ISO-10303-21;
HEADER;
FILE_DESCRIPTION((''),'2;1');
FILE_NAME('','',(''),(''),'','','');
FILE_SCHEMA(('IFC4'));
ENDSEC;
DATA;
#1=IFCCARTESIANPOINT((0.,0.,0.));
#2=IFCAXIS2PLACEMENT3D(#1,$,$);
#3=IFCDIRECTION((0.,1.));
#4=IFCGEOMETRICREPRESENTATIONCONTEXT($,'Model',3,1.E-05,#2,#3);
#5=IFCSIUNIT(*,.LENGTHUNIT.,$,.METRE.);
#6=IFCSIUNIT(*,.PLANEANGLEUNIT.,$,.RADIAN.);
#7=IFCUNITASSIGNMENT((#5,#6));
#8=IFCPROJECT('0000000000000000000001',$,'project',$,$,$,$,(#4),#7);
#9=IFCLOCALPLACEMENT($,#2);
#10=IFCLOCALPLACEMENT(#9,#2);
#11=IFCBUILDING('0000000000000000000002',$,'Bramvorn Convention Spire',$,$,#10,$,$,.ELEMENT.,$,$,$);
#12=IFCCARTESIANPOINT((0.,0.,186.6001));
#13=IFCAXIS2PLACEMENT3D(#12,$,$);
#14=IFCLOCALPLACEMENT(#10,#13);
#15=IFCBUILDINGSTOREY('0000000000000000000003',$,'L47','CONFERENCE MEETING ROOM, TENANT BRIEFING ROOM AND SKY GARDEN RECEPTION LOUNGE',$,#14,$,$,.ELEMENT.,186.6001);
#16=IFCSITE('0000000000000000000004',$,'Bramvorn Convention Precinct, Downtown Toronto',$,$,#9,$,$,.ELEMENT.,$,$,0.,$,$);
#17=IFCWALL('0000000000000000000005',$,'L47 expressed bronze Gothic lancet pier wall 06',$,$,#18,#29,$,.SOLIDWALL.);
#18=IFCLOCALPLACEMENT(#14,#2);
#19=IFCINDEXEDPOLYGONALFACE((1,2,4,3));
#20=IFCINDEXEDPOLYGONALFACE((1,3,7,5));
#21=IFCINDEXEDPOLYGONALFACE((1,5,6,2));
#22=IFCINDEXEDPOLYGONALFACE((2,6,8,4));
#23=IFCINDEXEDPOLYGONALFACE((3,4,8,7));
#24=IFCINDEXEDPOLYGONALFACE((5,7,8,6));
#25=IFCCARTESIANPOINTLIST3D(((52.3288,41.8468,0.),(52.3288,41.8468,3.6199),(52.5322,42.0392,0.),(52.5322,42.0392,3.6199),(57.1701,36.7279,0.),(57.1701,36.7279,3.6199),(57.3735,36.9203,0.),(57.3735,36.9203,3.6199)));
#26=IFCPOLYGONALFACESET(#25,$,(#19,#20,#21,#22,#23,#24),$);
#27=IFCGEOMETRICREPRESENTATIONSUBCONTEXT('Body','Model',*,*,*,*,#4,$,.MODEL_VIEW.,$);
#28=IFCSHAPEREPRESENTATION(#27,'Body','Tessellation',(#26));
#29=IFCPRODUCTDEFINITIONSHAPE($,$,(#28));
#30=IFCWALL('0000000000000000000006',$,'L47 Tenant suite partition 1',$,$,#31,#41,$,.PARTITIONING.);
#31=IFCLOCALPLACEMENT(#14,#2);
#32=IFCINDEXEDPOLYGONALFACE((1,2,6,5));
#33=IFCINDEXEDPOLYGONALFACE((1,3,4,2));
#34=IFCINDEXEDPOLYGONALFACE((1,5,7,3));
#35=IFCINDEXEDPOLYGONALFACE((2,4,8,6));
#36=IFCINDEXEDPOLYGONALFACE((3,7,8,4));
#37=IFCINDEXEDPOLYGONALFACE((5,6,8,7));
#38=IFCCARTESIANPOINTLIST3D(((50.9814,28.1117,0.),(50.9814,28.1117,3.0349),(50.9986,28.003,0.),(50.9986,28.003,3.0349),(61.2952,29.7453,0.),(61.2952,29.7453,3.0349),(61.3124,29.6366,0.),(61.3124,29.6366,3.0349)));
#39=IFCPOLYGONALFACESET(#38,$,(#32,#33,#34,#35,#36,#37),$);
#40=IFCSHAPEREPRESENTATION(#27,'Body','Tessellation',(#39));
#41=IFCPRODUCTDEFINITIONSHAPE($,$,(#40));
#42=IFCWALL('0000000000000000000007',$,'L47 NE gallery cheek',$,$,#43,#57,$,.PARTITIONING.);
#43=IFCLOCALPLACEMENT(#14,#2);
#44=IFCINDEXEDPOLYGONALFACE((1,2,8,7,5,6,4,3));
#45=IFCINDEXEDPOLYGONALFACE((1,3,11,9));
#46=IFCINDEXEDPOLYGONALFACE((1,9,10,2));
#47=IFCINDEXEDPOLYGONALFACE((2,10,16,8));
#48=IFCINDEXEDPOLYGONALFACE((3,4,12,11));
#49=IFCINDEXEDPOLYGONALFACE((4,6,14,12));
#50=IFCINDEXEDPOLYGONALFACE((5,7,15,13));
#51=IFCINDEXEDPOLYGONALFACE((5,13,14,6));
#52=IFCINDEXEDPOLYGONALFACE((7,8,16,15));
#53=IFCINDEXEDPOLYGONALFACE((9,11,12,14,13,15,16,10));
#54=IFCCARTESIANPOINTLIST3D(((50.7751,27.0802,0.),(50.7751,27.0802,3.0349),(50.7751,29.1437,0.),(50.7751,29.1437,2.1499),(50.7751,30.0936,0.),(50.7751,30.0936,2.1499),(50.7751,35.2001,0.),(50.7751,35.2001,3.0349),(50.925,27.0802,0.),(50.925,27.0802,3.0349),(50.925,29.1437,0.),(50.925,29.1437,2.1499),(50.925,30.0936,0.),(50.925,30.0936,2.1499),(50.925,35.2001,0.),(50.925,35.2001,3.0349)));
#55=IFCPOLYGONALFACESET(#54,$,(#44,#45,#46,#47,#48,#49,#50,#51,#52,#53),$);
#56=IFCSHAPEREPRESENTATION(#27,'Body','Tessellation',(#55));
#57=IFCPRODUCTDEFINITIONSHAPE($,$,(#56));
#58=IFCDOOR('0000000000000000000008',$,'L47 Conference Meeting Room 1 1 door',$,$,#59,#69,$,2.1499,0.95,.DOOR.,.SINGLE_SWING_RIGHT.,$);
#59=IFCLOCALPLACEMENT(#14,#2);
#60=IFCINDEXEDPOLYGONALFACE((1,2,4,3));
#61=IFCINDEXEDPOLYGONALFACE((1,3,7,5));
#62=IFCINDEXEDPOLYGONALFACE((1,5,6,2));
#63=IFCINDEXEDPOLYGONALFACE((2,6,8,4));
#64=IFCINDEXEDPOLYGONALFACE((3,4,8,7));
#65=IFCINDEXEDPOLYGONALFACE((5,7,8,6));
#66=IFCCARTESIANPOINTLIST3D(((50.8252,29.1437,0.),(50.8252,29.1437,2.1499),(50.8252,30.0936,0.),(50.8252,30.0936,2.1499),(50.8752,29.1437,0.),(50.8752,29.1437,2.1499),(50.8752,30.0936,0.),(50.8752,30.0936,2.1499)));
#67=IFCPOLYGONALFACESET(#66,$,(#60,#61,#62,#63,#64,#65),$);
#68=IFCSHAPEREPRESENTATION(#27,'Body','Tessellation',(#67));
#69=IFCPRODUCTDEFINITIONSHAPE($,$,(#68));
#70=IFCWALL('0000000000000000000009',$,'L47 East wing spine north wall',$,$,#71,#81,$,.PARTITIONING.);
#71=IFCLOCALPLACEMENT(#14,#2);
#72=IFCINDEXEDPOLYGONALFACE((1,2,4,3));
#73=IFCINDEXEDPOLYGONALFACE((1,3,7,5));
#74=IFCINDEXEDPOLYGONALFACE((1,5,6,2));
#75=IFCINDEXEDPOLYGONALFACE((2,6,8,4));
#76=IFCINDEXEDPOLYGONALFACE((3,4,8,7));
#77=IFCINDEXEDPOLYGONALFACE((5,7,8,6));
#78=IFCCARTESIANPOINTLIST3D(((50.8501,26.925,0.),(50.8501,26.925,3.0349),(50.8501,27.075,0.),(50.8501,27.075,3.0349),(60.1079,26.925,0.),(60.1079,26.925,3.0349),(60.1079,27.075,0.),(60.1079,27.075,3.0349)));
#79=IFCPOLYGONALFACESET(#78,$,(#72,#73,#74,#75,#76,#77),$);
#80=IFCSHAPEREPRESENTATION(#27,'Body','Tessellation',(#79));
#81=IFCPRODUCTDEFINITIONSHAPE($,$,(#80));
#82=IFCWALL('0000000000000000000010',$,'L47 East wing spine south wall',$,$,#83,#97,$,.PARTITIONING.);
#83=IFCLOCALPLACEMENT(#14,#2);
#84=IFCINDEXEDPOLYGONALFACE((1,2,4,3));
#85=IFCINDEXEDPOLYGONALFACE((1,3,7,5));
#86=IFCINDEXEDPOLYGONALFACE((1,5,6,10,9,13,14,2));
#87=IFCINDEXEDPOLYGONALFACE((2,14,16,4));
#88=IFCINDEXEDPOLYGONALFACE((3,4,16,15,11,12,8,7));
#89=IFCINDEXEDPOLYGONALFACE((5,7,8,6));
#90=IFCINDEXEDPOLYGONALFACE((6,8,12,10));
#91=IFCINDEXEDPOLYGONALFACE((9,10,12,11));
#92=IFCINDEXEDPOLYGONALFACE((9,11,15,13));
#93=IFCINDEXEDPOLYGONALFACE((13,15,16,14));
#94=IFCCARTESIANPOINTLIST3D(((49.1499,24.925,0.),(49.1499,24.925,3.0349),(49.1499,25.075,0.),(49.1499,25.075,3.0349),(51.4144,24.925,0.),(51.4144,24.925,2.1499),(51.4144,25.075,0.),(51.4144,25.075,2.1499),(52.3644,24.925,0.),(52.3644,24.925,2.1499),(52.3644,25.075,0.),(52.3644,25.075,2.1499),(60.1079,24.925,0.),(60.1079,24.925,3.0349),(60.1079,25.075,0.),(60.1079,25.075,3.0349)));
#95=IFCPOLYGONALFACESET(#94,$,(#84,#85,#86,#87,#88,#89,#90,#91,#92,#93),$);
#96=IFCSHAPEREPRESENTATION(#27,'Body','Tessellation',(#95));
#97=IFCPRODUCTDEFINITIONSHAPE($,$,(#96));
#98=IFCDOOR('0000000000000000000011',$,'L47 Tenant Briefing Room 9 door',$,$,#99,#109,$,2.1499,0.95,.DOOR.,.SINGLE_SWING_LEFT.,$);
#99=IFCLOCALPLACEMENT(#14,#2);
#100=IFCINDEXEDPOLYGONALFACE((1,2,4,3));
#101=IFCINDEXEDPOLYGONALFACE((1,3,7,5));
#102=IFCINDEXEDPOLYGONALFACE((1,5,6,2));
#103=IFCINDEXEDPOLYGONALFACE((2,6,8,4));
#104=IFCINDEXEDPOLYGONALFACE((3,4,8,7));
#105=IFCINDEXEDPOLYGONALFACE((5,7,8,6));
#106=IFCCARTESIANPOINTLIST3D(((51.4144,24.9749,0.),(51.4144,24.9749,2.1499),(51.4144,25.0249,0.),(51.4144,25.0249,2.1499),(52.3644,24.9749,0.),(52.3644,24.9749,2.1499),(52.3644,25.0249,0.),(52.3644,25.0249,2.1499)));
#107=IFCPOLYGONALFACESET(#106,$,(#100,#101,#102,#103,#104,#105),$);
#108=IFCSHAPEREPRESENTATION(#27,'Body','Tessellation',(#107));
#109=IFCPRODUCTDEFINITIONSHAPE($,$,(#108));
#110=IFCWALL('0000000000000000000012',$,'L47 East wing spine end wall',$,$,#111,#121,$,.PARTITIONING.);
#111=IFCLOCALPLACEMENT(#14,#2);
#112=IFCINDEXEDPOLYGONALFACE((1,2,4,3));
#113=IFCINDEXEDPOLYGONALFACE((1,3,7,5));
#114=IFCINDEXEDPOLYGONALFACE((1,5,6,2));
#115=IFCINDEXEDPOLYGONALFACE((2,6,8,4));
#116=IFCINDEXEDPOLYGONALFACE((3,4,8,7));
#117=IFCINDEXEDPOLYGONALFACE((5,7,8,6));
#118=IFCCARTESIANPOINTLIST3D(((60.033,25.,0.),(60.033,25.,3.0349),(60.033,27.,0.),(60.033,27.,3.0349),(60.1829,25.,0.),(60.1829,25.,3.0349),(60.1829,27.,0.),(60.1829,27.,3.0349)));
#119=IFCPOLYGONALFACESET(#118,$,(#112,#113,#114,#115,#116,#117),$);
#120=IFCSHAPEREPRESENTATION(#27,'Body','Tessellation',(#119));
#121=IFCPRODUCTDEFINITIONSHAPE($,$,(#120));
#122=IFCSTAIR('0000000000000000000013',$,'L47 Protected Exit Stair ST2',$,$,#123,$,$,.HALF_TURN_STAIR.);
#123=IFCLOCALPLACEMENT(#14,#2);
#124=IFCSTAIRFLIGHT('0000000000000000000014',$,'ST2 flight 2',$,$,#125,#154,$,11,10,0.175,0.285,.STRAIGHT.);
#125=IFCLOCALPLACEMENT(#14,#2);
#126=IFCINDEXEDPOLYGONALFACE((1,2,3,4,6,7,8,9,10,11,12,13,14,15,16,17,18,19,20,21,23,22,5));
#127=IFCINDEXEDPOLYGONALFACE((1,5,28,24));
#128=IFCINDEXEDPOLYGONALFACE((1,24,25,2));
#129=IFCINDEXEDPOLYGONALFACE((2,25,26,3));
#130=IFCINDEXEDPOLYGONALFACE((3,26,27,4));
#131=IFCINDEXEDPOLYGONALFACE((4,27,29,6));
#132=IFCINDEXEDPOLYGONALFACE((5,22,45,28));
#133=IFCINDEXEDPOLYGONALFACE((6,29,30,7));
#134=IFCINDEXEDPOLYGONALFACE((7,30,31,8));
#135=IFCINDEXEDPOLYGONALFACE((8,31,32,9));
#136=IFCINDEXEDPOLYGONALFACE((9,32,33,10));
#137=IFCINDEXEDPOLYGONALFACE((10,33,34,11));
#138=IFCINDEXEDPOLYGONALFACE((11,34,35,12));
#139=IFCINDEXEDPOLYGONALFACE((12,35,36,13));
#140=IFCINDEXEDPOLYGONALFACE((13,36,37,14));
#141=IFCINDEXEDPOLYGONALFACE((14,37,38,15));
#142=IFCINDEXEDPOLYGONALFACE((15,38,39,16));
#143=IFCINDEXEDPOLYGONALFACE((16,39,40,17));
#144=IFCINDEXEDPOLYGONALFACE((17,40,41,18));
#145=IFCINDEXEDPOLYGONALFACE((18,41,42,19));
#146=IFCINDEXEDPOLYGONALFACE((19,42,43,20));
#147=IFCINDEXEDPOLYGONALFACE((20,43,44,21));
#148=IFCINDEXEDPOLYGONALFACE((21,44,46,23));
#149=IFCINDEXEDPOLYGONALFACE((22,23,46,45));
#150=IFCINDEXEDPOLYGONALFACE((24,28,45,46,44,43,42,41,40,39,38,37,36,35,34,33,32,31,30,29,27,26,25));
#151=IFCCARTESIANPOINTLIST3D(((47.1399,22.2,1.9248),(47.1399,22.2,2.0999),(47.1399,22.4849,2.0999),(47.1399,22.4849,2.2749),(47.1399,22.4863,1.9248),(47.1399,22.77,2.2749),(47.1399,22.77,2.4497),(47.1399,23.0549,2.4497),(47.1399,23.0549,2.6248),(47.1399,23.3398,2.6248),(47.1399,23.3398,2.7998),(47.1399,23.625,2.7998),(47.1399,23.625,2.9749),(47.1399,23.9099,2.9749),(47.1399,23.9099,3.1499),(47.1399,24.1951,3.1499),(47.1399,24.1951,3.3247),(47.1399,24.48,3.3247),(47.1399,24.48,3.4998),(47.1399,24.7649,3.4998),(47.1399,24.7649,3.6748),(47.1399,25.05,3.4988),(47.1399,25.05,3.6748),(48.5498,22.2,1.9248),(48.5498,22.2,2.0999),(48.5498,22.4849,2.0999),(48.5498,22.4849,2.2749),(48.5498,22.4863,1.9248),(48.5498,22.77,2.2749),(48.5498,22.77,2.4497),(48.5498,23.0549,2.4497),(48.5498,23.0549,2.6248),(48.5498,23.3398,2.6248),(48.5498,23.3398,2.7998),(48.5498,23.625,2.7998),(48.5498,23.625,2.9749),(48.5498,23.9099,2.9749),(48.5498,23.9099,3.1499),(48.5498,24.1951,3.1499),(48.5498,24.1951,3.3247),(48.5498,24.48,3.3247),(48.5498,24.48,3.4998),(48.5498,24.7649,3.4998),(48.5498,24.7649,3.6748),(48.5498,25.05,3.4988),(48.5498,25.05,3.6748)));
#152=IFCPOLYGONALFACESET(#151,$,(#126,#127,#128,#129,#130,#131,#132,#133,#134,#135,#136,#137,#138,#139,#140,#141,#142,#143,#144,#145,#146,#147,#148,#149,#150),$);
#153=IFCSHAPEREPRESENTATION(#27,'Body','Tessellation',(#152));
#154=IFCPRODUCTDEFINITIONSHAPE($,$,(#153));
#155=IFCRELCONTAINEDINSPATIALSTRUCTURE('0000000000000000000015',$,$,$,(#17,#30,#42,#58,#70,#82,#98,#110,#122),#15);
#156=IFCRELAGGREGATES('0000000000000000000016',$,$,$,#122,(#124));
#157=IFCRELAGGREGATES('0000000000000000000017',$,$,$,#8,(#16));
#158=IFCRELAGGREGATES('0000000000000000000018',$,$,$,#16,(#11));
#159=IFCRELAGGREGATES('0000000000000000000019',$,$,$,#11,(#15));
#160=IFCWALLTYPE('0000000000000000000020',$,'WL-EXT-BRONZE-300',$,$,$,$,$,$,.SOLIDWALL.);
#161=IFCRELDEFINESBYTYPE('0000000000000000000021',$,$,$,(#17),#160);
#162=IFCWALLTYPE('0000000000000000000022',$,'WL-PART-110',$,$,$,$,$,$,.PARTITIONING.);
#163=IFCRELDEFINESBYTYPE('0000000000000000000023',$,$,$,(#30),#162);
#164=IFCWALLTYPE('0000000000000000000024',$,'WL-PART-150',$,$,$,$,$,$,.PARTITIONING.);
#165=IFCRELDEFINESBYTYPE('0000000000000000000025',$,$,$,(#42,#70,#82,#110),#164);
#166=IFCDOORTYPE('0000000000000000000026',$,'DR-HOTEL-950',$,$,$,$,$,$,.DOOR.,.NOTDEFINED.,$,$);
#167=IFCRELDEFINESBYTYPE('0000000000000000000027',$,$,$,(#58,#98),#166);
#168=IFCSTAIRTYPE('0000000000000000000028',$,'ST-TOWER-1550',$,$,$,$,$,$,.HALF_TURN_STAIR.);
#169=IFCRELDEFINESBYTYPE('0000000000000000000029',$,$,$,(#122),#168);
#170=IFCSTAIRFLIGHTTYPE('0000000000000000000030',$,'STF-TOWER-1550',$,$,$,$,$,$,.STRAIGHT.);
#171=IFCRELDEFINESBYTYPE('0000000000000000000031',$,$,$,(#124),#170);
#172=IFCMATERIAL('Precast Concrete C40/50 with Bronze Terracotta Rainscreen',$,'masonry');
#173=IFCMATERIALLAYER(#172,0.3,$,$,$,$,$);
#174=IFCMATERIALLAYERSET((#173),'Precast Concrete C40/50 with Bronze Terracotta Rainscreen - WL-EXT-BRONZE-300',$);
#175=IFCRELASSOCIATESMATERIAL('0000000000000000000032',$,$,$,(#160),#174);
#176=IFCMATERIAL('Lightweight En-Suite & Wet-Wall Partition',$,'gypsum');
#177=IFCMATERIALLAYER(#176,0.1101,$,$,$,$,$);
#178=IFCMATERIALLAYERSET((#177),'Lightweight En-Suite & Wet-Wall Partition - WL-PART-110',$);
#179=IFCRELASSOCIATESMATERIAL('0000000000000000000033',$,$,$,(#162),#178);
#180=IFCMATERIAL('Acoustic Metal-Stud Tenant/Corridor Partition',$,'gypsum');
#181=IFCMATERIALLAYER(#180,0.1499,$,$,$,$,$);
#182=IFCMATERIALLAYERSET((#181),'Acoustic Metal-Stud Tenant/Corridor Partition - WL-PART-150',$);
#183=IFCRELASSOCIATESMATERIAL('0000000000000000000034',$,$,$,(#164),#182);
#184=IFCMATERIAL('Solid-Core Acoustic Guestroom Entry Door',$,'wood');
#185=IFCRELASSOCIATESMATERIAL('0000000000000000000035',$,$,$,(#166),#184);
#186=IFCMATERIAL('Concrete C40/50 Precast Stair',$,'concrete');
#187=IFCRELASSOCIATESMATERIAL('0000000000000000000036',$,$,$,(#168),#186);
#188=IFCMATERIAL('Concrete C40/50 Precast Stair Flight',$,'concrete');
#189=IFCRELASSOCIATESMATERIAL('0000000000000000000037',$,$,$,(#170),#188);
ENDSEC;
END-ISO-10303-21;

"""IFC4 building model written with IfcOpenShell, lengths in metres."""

from ifc_helpers import new_model, si_unit, direction, frame, frame_2d, origin, place, context, subcontext, project, spatial, polyline, rectangle, outline, extrude, material, layer, layer_set, type_object, element, fill, aggregate, save


model = new_model("IFC4")

# Units and contexts
model_context = context("Model", 3, precision=1e-05, world=origin(), true_north=direction((0.0, 1.0)))
body_context = subcontext(model_context, "Body", "Model", "MODEL_VIEW")
ifc_project = project(units=[si_unit("LENGTHUNIT", "METRE"), si_unit("PLANEANGLEUNIT", "RADIAN")], contexts=[model_context])

# Site, building, storey
site_placement = place(None, origin())
site = spatial("IfcSite", under=ifc_project, at=site_placement, Name="Bramvorn Convention Precinct, Downtown Toronto", CompositionType="ELEMENT", RefElevation=0.0)
building_placement = place(site_placement, origin())
building = spatial("IfcBuilding", under=site, at=building_placement, Name="Bramvorn Convention Spire", CompositionType="ELEMENT")
storey_placement = place(building_placement, frame((0.0, 0.0, 186.6001)))
storey = spatial("IfcBuildingStorey", under=building, at=storey_placement, Name="L47", Description="CONFERENCE MEETING ROOM, TENANT BRIEFING ROOM AND SKY GARDEN RECEPTION LOUNGE", CompositionType="ELEMENT", Elevation=186.6001)

# Walls
ifc_material_1 = material(Name="Precast Concrete C40/50 with Bronze Terracotta Rainscreen", Category="masonry")
ifc_layer_1 = layer(ifc_material_1, 0.3)
ifc_layer_set_1 = layer_set([ifc_layer_1], Name="Precast Concrete C40/50 with Bronze Terracotta Rainscreen - WL-EXT-BRONZE-300")
wall_type_1 = type_object("IfcWallType", Name="WL-EXT-BRONZE-300", PredefinedType="SOLIDWALL", material=ifc_layer_set_1)
wall_1_placement = place(storey_placement, frame((52.4304, 41.9431, 0.0), z_axis=(0.0, 0.0, 1.0), x_axis=(0.687133, -0.726532, 0.0)))
element("IfcWall", 1, at=wall_1_placement, inside=storey, type_object=wall_type_1, Name="L47 expressed bronze Gothic lancet pier wall 06", PredefinedType="SOLIDWALL", context=body_context, shape_type="SweptSolid", body=[
    extrude(rectangle(XDim=7.0457, YDim=0.28, at=frame_2d((3.5229, 0.0))), origin(), (0.0, 0.0, 1.0), 3.6199),
])
ifc_material_2 = material(Name="Lightweight En-Suite & Wet-Wall Partition", Category="gypsum")
ifc_layer_2 = layer(ifc_material_2, 0.1101)
ifc_layer_set_2 = layer_set([ifc_layer_2], Name="Lightweight En-Suite & Wet-Wall Partition - WL-PART-110")
wall_type_2 = type_object("IfcWallType", Name="WL-PART-110", PredefinedType="PARTITIONING", material=ifc_layer_set_2)
wall_2_placement = place(storey_placement, frame((50.99, 28.0574, 0.0), z_axis=(0.0, 0.0, 1.0), x_axis=(0.987688, 0.156436, 0.0)))
element("IfcWall", 2, at=wall_2_placement, inside=storey, type_object=wall_type_2, Name="L47 Tenant suite partition 1", PredefinedType="PARTITIONING", context=body_context, shape_type="SweptSolid", body=[
    extrude(rectangle(XDim=10.4424, YDim=0.1101, at=frame_2d((5.2212, 0.0))), origin(), (0.0, 0.0, 1.0), 3.0349),
])

# Wall, opening, door
ifc_material_3 = material(Name="Acoustic Metal-Stud Tenant/Corridor Partition", Category="gypsum")
ifc_layer_3 = layer(ifc_material_3, 0.1499)
ifc_layer_set_3 = layer_set([ifc_layer_3], Name="Acoustic Metal-Stud Tenant/Corridor Partition - WL-PART-150")
wall_type_3 = type_object("IfcWallType", Name="WL-PART-150", PredefinedType="PARTITIONING", material=ifc_layer_set_3)
wall_3_placement = place(storey_placement, frame((50.8501, 27.0801, 0.0), z_axis=(0.0, 0.0, 1.0), x_axis=(0.0, 1.0, 0.0)))
wall_3 = element("IfcWall", 3, at=wall_3_placement, inside=storey, type_object=wall_type_3, Name="L47 NE gallery cheek", PredefinedType="PARTITIONING", context=body_context, shape_type="SweptSolid", body=[
    extrude(rectangle(XDim=8.1199, YDim=0.1499, at=frame_2d((4.0601, 0.0))), origin(), (0.0, 0.0, 1.0), 3.0349),
])
opening_1_placement = place(wall_3_placement, frame((2.0635, 0.0, 0.0)))
opening_1 = element("IfcOpeningElement", 4, at=opening_1_placement, cuts=wall_3, PredefinedType="OPENING", context=body_context, shape_type="SweptSolid", body=[
    extrude(rectangle(XDim=0.95, YDim=2.1499, at=frame_2d((0.4751, 1.075))), frame((0.0, 0.085, 0.0), z_axis=(0.0, -1.0, 0.0), x_axis=(1.0, 0.0, 0.0)), (0.0, 0.0, 1.0), 0.1699),
])
ifc_material_4 = material(Name="Solid-Core Acoustic Guestroom Entry Door", Category="wood")
door_type = type_object("IfcDoorType", Name="DR-HOTEL-950", OperationType="NOTDEFINED", PredefinedType="DOOR", material=ifc_material_4)
door_1_placement = place(opening_1_placement, origin())
door_1 = element("IfcDoor", 5, at=door_1_placement, inside=storey, type_object=door_type, Name="L47 Conference Meeting Room 1 1 door", OperationType="SINGLE_SWING_RIGHT", OverallHeight=2.1499, OverallWidth=0.95, PredefinedType="DOOR", context=body_context, shape_type="SweptSolid", body=[
    extrude(rectangle(XDim=0.95, YDim=2.1499, at=frame_2d((0.4751, 1.075))), frame((0.0, 0.0249, 0.0), z_axis=(0.0, -1.0, 0.0), x_axis=(1.0, 0.0, 0.0)), (0.0, 0.0, 1.0), 0.05),
])
fill(opening_1, door_1)

# Wall
wall_4_placement = place(storey_placement, frame((50.8501, 27.0, 0.0), z_axis=(0.0, 0.0, 1.0), x_axis=(1.0, 0.0, 0.0)))
element("IfcWall", 6, at=wall_4_placement, inside=storey, type_object=wall_type_3, Name="L47 East wing spine north wall", PredefinedType="PARTITIONING", context=body_context, shape_type="SweptSolid", body=[
    extrude(rectangle(XDim=9.2578, YDim=0.1499, at=frame_2d((4.6289, 0.0))), origin(), (0.0, 0.0, 1.0), 3.0349),
])

# Wall, opening, door
wall_5_placement = place(storey_placement, frame((49.1499, 25.0, 0.0), z_axis=(0.0, 0.0, 1.0), x_axis=(1.0, 0.0, 0.0)))
wall_5 = element("IfcWall", 7, at=wall_5_placement, inside=storey, type_object=wall_type_3, Name="L47 East wing spine south wall", PredefinedType="PARTITIONING", context=body_context, shape_type="SweptSolid", body=[
    extrude(rectangle(XDim=10.958, YDim=0.1499, at=frame_2d((5.479, 0.0))), origin(), (0.0, 0.0, 1.0), 3.0349),
])
opening_2_placement = place(wall_5_placement, frame((2.2644, 0.0, 0.0)))
opening_2 = element("IfcOpeningElement", 8, at=opening_2_placement, cuts=wall_5, PredefinedType="OPENING", context=body_context, shape_type="SweptSolid", body=[
    extrude(rectangle(XDim=0.95, YDim=2.1499, at=frame_2d((0.4751, 1.075))), frame((0.0, 0.085, 0.0), z_axis=(0.0, -1.0, 0.0), x_axis=(1.0, 0.0, 0.0)), (0.0, 0.0, 1.0), 0.1699),
])
door_2_placement = place(opening_2_placement, origin())
door_2 = element("IfcDoor", 9, at=door_2_placement, inside=storey, type_object=door_type, Name="L47 Tenant Briefing Room 9 door", OperationType="SINGLE_SWING_LEFT", OverallHeight=2.1499, OverallWidth=0.95, PredefinedType="DOOR", context=body_context, shape_type="SweptSolid", body=[
    extrude(rectangle(XDim=0.95, YDim=2.1499, at=frame_2d((0.4751, 1.075))), frame((0.0, 0.0249, 0.0), z_axis=(0.0, -1.0, 0.0), x_axis=(1.0, 0.0, 0.0)), (0.0, 0.0, 1.0), 0.05),
])
fill(opening_2, door_2)

# Wall
wall_6_placement = place(storey_placement, frame((60.1079, 25.0, 0.0), z_axis=(0.0, 0.0, 1.0), x_axis=(0.0, 1.0, 0.0)))
element("IfcWall", 10, at=wall_6_placement, inside=storey, type_object=wall_type_3, Name="L47 East wing spine end wall", PredefinedType="PARTITIONING", context=body_context, shape_type="SweptSolid", body=[
    extrude(rectangle(XDim=2.0, YDim=0.1499, at=frame_2d((1.0, 0.0))), origin(), (0.0, 0.0, 1.0), 3.0349),
])

# Stair, stair flight
ifc_material_5 = material(Name="Concrete C40/50 Precast Stair", Category="concrete")
stair_type = type_object("IfcStairType", Name="ST-TOWER-1550", PredefinedType="HALF_TURN_STAIR", material=ifc_material_5)
stair_placement = place(storey_placement, origin())
stair = element("IfcStair", 11, at=stair_placement, inside=storey, type_object=stair_type, Name="L47 Protected Exit Stair ST2", PredefinedType="HALF_TURN_STAIR")
ifc_material_6 = material(Name="Concrete C40/50 Precast Stair Flight", Category="concrete")
stair_flight_type = type_object("IfcStairFlightType", Name="STF-TOWER-1550", PredefinedType="STRAIGHT", material=ifc_material_6)
stair_flight_placement = place(storey_placement, frame((47.845, 22.2, 1.9248), z_axis=(0.0, 0.0, 1.0), x_axis=(0.0, 1.0, 0.0)))
stair_flight = element("IfcStairFlight", 12, at=stair_flight_placement, type_object=stair_flight_type, Name="ST2 flight 2", NumberOfRisers=11, NumberOfTreads=10, PredefinedType="STRAIGHT", RiserHeight=0.175, TreadLength=0.285, context=body_context, shape_type="SweptSolid", body=[
    extrude(outline(polyline([(0.0, 0.0), (0.0, 0.175), (0.2849, 0.175), (0.2849, 0.3501), (0.5701, 0.3501), (0.5701, 0.5249), (0.855, 0.5249), (0.855, 0.7), (1.1399, 0.7), (1.1399, 0.875), (1.425, 0.875), (1.425, 1.05), (1.71, 1.05), (1.71, 1.2251), (1.9951, 1.2251), (1.9951, 1.3999), (2.28, 1.3999), (2.28, 1.575), (2.5649, 1.575), (2.5649, 1.75), (2.8501, 1.75), (2.8501, 1.925), (2.8501, 1.574), (0.2864, 0.0), (0.0, 0.0)])), frame((0.0, 0.7051, 0.0), z_axis=(0.0, -1.0, 0.0), x_axis=(1.0, 0.0, 0.0)), (0.0, 0.0, 1.0), 1.4099),
])
aggregate(stair, [stair_flight])

save(model, "model.ifc")
